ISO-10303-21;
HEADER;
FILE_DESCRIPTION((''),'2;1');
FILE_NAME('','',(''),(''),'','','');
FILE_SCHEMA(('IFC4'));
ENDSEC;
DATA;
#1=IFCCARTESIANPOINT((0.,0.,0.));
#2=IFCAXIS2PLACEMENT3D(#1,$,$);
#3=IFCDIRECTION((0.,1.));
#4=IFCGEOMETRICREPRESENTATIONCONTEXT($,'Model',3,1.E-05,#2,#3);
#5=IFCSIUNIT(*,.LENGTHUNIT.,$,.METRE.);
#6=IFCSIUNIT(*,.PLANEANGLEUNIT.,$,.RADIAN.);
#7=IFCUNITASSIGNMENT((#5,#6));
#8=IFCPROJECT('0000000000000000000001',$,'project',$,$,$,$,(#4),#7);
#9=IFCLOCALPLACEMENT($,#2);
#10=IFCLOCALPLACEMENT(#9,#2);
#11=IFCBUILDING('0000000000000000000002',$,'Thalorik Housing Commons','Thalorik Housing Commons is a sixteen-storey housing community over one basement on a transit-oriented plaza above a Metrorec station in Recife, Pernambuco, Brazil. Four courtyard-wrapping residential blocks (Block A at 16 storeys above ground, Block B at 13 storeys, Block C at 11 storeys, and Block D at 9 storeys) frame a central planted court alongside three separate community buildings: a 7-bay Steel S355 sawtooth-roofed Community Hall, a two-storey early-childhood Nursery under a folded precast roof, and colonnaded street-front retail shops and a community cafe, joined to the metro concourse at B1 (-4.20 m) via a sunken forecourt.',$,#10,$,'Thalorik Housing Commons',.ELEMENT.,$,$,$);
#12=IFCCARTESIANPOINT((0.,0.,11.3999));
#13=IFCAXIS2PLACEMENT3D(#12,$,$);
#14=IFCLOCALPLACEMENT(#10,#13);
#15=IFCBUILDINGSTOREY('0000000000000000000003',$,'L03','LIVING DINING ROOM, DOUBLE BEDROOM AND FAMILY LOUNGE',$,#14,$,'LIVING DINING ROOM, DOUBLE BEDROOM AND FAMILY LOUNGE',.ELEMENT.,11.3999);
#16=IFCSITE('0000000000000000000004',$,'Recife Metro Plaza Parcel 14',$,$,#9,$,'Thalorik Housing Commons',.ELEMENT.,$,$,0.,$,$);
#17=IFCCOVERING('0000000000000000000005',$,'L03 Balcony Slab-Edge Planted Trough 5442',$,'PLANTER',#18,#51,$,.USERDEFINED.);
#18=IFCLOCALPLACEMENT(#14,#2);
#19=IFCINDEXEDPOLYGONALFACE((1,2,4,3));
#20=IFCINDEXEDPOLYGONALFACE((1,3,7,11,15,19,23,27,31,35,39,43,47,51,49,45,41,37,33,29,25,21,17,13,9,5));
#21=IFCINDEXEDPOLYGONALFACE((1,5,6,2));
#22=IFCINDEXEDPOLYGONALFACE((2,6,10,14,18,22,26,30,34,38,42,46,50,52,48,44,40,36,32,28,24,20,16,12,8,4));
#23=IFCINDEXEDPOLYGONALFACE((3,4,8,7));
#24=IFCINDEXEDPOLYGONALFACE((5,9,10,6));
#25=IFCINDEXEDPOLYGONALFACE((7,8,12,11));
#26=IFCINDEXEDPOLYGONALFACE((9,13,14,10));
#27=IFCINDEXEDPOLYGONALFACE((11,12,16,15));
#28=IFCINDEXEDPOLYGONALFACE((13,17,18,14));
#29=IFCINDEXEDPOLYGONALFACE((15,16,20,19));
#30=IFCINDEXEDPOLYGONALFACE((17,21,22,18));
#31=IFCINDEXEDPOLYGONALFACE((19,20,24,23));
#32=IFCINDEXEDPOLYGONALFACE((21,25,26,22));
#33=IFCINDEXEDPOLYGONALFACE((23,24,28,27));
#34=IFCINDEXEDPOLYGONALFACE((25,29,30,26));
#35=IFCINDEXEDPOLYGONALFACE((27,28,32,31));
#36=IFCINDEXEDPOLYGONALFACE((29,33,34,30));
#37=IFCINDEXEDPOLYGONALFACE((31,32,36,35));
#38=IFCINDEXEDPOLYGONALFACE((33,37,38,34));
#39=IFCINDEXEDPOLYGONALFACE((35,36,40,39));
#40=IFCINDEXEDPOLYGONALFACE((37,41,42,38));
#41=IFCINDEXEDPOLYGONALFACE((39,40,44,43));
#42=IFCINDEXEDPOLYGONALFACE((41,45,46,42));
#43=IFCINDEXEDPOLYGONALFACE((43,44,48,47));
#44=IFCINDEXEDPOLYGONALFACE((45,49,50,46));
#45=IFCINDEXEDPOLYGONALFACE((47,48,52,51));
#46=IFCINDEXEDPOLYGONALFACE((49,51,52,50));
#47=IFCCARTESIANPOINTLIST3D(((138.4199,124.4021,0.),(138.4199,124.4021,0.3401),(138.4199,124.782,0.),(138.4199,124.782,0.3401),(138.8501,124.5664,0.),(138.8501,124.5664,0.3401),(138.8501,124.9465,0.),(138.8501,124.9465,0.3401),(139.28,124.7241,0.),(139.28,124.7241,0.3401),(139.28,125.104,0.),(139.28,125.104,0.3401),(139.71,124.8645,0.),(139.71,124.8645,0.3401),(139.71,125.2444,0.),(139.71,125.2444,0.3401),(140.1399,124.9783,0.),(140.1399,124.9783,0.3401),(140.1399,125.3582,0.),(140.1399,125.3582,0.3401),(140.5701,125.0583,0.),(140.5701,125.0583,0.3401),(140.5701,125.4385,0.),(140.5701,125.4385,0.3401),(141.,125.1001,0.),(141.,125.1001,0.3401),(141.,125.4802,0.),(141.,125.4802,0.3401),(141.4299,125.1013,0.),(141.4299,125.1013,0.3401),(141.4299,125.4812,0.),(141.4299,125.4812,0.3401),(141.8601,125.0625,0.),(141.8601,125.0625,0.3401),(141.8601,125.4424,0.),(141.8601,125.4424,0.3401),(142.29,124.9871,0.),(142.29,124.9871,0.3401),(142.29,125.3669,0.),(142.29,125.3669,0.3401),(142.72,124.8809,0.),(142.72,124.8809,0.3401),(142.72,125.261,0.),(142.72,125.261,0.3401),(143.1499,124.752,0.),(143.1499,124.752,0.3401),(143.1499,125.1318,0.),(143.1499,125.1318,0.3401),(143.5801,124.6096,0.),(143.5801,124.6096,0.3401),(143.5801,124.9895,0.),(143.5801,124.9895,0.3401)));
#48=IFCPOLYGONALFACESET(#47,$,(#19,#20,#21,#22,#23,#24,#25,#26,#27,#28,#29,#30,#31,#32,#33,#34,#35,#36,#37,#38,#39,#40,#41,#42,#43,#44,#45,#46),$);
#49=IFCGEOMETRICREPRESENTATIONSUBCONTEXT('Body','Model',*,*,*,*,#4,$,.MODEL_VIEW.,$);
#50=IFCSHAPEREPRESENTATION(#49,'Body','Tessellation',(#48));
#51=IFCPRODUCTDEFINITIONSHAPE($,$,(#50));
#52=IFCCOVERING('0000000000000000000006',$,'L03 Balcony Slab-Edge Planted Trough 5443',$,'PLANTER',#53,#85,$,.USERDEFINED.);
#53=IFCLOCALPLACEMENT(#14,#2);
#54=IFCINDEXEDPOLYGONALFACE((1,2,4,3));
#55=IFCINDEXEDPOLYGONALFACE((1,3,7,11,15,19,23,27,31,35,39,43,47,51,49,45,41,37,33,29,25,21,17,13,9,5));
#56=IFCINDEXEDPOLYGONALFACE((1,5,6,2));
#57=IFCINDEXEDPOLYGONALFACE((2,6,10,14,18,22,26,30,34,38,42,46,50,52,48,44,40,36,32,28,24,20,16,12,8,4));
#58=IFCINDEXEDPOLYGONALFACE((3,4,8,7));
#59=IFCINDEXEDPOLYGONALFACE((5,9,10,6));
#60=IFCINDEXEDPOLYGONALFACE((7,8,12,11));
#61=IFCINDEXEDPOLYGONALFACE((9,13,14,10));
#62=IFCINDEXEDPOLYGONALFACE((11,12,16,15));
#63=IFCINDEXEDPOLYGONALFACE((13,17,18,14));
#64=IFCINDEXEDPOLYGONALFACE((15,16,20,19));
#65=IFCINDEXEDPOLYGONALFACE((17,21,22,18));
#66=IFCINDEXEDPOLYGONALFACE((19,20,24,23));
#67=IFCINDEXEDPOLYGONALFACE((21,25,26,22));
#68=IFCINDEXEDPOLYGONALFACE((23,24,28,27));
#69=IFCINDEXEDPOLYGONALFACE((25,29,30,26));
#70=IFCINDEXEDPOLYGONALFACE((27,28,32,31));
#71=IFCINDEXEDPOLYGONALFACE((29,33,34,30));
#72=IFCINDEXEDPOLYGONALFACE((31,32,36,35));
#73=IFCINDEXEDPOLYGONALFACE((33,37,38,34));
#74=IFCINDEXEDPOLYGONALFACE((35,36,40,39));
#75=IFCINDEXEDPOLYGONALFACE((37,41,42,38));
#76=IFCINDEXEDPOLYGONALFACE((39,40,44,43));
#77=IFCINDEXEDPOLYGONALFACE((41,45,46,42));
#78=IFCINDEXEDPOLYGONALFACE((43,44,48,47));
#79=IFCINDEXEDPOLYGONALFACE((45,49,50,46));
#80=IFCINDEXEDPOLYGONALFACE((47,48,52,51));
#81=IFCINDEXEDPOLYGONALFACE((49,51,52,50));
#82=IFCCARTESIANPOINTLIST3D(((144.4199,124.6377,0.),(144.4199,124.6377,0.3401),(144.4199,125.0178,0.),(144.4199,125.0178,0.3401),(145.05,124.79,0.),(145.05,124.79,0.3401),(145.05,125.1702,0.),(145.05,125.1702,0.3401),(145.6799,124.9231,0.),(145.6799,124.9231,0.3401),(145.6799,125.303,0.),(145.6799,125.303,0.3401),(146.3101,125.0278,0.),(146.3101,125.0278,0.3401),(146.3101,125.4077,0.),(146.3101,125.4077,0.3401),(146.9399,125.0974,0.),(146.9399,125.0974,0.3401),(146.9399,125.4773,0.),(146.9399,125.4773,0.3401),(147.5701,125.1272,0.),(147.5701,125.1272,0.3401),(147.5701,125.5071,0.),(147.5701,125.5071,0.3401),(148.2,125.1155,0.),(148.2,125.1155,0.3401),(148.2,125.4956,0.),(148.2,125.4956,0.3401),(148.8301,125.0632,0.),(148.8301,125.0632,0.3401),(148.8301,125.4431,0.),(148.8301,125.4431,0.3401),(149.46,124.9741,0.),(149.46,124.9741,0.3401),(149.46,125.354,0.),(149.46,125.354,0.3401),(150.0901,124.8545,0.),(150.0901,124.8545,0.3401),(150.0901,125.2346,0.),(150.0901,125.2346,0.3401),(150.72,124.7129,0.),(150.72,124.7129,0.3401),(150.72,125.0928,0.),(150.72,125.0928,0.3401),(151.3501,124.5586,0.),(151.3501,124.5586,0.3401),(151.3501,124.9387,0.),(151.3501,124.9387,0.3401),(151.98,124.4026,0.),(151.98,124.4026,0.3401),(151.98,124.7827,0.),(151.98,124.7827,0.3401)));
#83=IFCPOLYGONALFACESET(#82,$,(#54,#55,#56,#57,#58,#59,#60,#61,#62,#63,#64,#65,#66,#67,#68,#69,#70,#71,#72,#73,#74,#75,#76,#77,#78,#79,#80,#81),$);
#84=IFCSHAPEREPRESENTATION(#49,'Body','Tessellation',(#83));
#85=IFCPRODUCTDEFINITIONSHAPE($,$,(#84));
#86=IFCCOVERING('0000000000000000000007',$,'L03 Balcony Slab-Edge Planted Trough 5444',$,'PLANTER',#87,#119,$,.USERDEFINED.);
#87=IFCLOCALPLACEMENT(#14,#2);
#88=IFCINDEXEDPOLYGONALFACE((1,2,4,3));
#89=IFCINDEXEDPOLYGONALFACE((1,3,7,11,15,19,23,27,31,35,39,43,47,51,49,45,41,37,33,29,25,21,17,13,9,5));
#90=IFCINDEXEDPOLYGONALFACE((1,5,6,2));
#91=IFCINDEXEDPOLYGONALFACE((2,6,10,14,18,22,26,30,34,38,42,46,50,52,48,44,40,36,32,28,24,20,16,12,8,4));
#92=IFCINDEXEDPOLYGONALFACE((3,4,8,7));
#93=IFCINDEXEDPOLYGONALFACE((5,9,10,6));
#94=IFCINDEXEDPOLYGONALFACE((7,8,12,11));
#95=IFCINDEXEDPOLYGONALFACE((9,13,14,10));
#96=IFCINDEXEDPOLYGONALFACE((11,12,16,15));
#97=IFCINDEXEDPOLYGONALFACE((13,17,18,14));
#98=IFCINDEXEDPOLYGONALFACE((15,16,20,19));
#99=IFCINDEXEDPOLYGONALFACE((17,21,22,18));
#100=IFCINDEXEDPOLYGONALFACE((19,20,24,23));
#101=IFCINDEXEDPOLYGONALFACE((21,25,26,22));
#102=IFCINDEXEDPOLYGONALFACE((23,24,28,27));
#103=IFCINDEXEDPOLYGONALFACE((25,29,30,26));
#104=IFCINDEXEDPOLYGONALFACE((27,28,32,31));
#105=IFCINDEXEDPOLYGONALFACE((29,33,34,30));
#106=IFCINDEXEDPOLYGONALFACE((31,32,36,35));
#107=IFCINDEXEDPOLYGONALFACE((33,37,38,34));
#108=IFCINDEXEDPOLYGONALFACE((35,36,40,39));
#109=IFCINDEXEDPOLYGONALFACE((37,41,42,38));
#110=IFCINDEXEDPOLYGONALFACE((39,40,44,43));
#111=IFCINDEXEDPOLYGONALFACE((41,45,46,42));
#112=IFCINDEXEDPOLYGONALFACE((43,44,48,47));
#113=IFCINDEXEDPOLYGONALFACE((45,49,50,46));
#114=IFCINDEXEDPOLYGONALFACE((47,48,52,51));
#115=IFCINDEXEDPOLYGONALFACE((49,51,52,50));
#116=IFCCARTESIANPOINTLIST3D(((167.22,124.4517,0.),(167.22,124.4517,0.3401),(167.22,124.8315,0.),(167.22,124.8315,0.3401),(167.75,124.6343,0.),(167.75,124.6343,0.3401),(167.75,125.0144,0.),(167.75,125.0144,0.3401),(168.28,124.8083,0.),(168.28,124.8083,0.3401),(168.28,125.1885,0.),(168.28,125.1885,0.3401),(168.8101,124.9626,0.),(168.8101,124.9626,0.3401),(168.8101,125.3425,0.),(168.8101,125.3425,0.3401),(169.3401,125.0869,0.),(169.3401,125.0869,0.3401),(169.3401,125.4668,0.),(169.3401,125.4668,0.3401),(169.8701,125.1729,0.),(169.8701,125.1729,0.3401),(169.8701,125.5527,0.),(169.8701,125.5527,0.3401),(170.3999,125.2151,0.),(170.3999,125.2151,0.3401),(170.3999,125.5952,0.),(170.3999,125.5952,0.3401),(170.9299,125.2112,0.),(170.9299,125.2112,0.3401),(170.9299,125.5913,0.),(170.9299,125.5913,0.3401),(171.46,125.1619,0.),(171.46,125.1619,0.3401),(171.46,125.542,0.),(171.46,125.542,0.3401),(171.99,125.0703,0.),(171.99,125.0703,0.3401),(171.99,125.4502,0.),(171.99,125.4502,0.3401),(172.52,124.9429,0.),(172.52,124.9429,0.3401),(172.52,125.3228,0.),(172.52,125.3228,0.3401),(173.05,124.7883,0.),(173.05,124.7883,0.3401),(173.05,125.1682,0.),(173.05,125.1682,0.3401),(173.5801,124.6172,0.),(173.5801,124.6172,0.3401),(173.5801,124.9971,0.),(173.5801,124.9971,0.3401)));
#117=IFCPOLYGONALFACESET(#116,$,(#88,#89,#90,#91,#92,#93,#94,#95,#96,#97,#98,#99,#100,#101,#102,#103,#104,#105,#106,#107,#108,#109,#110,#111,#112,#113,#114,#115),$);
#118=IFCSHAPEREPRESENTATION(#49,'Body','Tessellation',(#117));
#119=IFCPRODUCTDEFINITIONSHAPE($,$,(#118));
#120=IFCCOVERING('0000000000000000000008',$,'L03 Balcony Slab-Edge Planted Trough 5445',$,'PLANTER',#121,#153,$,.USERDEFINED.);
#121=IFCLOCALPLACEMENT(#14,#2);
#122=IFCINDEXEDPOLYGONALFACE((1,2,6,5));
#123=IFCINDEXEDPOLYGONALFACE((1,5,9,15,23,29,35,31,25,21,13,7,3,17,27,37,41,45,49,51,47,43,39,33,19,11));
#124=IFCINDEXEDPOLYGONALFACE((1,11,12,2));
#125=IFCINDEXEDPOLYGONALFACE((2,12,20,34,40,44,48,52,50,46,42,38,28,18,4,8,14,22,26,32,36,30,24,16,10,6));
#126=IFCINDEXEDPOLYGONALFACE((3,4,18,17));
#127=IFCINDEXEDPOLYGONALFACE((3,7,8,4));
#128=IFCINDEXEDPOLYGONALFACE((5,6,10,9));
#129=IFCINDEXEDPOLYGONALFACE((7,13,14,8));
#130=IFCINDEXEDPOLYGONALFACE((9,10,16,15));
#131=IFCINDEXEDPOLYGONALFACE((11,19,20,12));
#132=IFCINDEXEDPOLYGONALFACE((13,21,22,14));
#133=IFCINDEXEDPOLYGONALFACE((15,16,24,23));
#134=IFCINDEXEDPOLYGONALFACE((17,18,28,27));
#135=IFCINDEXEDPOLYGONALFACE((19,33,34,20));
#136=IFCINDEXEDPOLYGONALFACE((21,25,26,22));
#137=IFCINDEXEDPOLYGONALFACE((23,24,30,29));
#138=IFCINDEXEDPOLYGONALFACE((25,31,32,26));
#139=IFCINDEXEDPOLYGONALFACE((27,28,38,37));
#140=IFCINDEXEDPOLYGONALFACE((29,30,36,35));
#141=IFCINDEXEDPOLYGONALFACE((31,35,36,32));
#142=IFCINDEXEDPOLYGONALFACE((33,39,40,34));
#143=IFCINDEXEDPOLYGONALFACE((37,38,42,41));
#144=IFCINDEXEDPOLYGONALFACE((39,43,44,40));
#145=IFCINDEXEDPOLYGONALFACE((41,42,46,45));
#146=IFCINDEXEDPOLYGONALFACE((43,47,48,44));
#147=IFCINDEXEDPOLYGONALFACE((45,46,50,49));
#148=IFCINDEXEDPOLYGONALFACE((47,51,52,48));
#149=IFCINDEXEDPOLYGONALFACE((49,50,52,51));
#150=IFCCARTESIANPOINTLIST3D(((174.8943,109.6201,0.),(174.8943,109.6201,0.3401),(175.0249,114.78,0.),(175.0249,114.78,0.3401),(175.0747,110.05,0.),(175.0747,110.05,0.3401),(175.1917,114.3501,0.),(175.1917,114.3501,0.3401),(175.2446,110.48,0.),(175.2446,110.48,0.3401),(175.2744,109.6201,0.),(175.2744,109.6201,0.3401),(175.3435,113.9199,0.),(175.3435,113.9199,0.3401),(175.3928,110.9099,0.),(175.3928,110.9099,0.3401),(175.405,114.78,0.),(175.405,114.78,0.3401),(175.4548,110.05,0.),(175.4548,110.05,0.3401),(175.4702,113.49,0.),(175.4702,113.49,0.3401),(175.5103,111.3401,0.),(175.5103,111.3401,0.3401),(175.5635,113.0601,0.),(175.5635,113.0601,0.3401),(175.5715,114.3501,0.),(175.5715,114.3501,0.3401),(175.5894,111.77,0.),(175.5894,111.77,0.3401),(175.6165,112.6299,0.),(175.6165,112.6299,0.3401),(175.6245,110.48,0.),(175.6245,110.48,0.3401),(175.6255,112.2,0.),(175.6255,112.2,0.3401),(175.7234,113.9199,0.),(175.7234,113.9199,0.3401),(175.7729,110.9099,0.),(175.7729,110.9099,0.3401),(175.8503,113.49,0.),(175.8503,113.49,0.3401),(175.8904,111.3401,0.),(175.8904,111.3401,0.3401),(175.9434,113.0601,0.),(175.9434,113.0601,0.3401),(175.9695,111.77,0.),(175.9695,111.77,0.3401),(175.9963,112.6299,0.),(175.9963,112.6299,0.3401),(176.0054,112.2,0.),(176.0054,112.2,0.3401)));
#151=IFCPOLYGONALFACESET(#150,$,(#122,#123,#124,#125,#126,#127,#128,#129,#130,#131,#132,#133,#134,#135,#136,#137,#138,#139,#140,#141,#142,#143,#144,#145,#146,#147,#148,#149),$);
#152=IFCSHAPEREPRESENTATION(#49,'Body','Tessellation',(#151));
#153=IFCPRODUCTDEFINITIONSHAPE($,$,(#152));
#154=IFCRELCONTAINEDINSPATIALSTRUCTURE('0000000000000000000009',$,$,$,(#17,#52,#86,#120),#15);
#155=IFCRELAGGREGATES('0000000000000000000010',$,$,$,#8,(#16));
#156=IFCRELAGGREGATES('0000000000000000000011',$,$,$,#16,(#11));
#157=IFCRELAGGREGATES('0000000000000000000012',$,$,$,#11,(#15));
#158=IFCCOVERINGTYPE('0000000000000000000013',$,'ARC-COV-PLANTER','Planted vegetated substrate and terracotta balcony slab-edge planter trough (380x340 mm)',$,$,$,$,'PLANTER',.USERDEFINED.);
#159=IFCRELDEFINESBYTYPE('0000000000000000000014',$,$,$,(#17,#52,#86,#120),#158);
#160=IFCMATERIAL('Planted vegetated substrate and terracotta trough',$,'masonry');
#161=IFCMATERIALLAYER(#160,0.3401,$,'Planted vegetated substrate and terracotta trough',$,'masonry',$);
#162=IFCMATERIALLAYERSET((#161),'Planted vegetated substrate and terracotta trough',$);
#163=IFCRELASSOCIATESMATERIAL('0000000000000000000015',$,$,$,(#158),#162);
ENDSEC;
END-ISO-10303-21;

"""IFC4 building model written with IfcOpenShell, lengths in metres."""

from ifc_helpers import new_model, si_unit, direction, frame, origin, place, context, subcontext, project, spatial, polyline, outline, extrude, material, layer, layer_set, type_object, element, save


model = new_model("IFC4")

# Units and contexts
model_context = context("Model", 3, precision=1e-05, world=origin(), true_north=direction((0.0, 1.0)))
body_context = subcontext(model_context, "Body", "Model", "MODEL_VIEW")
ifc_project = project(units=[si_unit("LENGTHUNIT", "METRE"), si_unit("PLANEANGLEUNIT", "RADIAN")], contexts=[model_context])

# Site, building, storey
site_placement = place(None, origin())
site = spatial("IfcSite", under=ifc_project, at=site_placement, Name="Recife Metro Plaza Parcel 14", LongName="Thalorik Housing Commons", CompositionType="ELEMENT", RefElevation=0.0)
building_placement = place(site_placement, origin())
building = spatial("IfcBuilding", under=site, at=building_placement, Name="Thalorik Housing Commons", Description="Thalorik Housing Commons is a sixteen-storey housing community over one basement on a transit-oriented plaza above a Metrorec station in Recife, Pernambuco, Brazil. Four courtyard-wrapping residential blocks (Block A at 16 storeys above ground, Block B at 13 storeys, Block C at 11 storeys, and Block D at 9 storeys) frame a central planted court alongside three separate community buildings: a 7-bay Steel S355 sawtooth-roofed Community Hall, a two-storey early-childhood Nursery under a folded precast roof, and colonnaded street-front retail shops and a community cafe, joined to the metro concourse at B1 (-4.20 m) via a sunken forecourt.", LongName="Thalorik Housing Commons", CompositionType="ELEMENT")
storey_placement = place(building_placement, frame((0.0, 0.0, 11.3999)))
storey = spatial("IfcBuildingStorey", under=building, at=storey_placement, Name="L03", Description="LIVING DINING ROOM, DOUBLE BEDROOM AND FAMILY LOUNGE", LongName="LIVING DINING ROOM, DOUBLE BEDROOM AND FAMILY LOUNGE", CompositionType="ELEMENT", Elevation=11.3999)

# Coverings
ifc_material = material(Name="Planted vegetated substrate and terracotta trough", Category="masonry")
ifc_layer = layer(ifc_material, 0.3401, Name="Planted vegetated substrate and terracotta trough", Category="masonry")
ifc_layer_set = layer_set([ifc_layer], Name="Planted vegetated substrate and terracotta trough")
covering_type = type_object("IfcCoveringType", Name="ARC-COV-PLANTER", Description="Planted vegetated substrate and terracotta balcony slab-edge planter trough (380x340 mm)", ElementType="PLANTER", PredefinedType="USERDEFINED", material=ifc_layer_set)
covering_1_placement = place(storey_placement, origin())
element("IfcCovering", 1, at=covering_1_placement, inside=storey, type_object=covering_type, Name="L03 Balcony Slab-Edge Planted Trough 5442", ObjectType="PLANTER", PredefinedType="USERDEFINED", context=body_context, shape_type="SweptSolid", body=[
    extrude(outline(polyline([(143.5801, 124.9895), (143.1499, 125.1318), (142.72, 125.261), (142.29, 125.3669), (141.8601, 125.4424), (141.4299, 125.4812), (141.0, 125.4802), (140.5701, 125.4385), (140.1399, 125.3582), (139.71, 125.2444), (139.28, 125.104), (138.8501, 124.9465), (138.4199, 124.782), (138.4199, 124.4021), (138.8501, 124.5664), (139.28, 124.7241), (139.71, 124.8645), (140.1399, 124.9783), (140.5701, 125.0583), (141.0, 125.1001), (141.4299, 125.1013), (141.8601, 125.0625), (142.29, 124.9871), (142.72, 124.8809), (143.1499, 124.752), (143.5801, 124.6096), (143.5801, 124.9895)])), origin(), (0.0, 0.0, 1.0), 0.3401),
])
covering_2_placement = place(storey_placement, origin())
element("IfcCovering", 2, at=covering_2_placement, inside=storey, type_object=covering_type, Name="L03 Balcony Slab-Edge Planted Trough 5443", ObjectType="PLANTER", PredefinedType="USERDEFINED", context=body_context, shape_type="SweptSolid", body=[
    extrude(outline(polyline([(151.98, 124.7827), (151.3501, 124.9387), (150.72, 125.0928), (150.0901, 125.2346), (149.46, 125.354), (148.8301, 125.4431), (148.2, 125.4956), (147.5701, 125.5071), (146.9399, 125.4773), (146.3101, 125.4077), (145.6799, 125.303), (145.05, 125.1702), (144.4199, 125.0178), (144.4199, 124.6377), (145.05, 124.79), (145.6799, 124.9231), (146.3101, 125.0278), (146.9399, 125.0974), (147.5701, 125.1272), (148.2, 125.1155), (148.8301, 125.0632), (149.46, 124.9741), (150.0901, 124.8545), (150.72, 124.7129), (151.3501, 124.5586), (151.98, 124.4026), (151.98, 124.7827)])), origin(), (0.0, 0.0, 1.0), 0.3401),
])
covering_3_placement = place(storey_placement, origin())
element("IfcCovering", 3, at=covering_3_placement, inside=storey, type_object=covering_type, Name="L03 Balcony Slab-Edge Planted Trough 5444", ObjectType="PLANTER", PredefinedType="USERDEFINED", context=body_context, shape_type="SweptSolid", body=[
    extrude(outline(polyline([(173.5801, 124.9971), (173.05, 125.1682), (172.52, 125.3228), (171.99, 125.4502), (171.46, 125.542), (170.9299, 125.5913), (170.3999, 125.5952), (169.8701, 125.5527), (169.3401, 125.4668), (168.8101, 125.3425), (168.28, 125.1885), (167.75, 125.0144), (167.22, 124.8315), (167.22, 124.4517), (167.75, 124.6343), (168.28, 124.8083), (168.8101, 124.9626), (169.3401, 125.0869), (169.8701, 125.1729), (170.3999, 125.2151), (170.9299, 125.2112), (171.46, 125.1619), (171.99, 125.0703), (172.52, 124.9429), (173.05, 124.7883), (173.5801, 124.6172), (173.5801, 124.9971)])), origin(), (0.0, 0.0, 1.0), 0.3401),
])
covering_4_placement = place(storey_placement, origin())
element("IfcCovering", 4, at=covering_4_placement, inside=storey, type_object=covering_type, Name="L03 Balcony Slab-Edge Planted Trough 5445", ObjectType="PLANTER", PredefinedType="USERDEFINED", context=body_context, shape_type="SweptSolid", body=[
    extrude(outline(polyline([(175.2744, 109.6201), (175.4548, 110.05), (175.6245, 110.48), (175.7729, 110.9099), (175.8904, 111.3401), (175.9695, 111.77), (176.0054, 112.2), (175.9963, 112.6299), (175.9434, 113.0601), (175.8503, 113.49), (175.7234, 113.9199), (175.5715, 114.3501), (175.405, 114.78), (175.0249, 114.78), (175.1917, 114.3501), (175.3435, 113.9199), (175.4702, 113.49), (175.5635, 113.0601), (175.6165, 112.6299), (175.6255, 112.2), (175.5894, 111.77), (175.5103, 111.3401), (175.3928, 110.9099), (175.2446, 110.48), (175.0747, 110.05), (174.8943, 109.6201), (175.2744, 109.6201)])), origin(), (0.0, 0.0, 1.0), 0.3401),
])

save(model, "model.ifc")
